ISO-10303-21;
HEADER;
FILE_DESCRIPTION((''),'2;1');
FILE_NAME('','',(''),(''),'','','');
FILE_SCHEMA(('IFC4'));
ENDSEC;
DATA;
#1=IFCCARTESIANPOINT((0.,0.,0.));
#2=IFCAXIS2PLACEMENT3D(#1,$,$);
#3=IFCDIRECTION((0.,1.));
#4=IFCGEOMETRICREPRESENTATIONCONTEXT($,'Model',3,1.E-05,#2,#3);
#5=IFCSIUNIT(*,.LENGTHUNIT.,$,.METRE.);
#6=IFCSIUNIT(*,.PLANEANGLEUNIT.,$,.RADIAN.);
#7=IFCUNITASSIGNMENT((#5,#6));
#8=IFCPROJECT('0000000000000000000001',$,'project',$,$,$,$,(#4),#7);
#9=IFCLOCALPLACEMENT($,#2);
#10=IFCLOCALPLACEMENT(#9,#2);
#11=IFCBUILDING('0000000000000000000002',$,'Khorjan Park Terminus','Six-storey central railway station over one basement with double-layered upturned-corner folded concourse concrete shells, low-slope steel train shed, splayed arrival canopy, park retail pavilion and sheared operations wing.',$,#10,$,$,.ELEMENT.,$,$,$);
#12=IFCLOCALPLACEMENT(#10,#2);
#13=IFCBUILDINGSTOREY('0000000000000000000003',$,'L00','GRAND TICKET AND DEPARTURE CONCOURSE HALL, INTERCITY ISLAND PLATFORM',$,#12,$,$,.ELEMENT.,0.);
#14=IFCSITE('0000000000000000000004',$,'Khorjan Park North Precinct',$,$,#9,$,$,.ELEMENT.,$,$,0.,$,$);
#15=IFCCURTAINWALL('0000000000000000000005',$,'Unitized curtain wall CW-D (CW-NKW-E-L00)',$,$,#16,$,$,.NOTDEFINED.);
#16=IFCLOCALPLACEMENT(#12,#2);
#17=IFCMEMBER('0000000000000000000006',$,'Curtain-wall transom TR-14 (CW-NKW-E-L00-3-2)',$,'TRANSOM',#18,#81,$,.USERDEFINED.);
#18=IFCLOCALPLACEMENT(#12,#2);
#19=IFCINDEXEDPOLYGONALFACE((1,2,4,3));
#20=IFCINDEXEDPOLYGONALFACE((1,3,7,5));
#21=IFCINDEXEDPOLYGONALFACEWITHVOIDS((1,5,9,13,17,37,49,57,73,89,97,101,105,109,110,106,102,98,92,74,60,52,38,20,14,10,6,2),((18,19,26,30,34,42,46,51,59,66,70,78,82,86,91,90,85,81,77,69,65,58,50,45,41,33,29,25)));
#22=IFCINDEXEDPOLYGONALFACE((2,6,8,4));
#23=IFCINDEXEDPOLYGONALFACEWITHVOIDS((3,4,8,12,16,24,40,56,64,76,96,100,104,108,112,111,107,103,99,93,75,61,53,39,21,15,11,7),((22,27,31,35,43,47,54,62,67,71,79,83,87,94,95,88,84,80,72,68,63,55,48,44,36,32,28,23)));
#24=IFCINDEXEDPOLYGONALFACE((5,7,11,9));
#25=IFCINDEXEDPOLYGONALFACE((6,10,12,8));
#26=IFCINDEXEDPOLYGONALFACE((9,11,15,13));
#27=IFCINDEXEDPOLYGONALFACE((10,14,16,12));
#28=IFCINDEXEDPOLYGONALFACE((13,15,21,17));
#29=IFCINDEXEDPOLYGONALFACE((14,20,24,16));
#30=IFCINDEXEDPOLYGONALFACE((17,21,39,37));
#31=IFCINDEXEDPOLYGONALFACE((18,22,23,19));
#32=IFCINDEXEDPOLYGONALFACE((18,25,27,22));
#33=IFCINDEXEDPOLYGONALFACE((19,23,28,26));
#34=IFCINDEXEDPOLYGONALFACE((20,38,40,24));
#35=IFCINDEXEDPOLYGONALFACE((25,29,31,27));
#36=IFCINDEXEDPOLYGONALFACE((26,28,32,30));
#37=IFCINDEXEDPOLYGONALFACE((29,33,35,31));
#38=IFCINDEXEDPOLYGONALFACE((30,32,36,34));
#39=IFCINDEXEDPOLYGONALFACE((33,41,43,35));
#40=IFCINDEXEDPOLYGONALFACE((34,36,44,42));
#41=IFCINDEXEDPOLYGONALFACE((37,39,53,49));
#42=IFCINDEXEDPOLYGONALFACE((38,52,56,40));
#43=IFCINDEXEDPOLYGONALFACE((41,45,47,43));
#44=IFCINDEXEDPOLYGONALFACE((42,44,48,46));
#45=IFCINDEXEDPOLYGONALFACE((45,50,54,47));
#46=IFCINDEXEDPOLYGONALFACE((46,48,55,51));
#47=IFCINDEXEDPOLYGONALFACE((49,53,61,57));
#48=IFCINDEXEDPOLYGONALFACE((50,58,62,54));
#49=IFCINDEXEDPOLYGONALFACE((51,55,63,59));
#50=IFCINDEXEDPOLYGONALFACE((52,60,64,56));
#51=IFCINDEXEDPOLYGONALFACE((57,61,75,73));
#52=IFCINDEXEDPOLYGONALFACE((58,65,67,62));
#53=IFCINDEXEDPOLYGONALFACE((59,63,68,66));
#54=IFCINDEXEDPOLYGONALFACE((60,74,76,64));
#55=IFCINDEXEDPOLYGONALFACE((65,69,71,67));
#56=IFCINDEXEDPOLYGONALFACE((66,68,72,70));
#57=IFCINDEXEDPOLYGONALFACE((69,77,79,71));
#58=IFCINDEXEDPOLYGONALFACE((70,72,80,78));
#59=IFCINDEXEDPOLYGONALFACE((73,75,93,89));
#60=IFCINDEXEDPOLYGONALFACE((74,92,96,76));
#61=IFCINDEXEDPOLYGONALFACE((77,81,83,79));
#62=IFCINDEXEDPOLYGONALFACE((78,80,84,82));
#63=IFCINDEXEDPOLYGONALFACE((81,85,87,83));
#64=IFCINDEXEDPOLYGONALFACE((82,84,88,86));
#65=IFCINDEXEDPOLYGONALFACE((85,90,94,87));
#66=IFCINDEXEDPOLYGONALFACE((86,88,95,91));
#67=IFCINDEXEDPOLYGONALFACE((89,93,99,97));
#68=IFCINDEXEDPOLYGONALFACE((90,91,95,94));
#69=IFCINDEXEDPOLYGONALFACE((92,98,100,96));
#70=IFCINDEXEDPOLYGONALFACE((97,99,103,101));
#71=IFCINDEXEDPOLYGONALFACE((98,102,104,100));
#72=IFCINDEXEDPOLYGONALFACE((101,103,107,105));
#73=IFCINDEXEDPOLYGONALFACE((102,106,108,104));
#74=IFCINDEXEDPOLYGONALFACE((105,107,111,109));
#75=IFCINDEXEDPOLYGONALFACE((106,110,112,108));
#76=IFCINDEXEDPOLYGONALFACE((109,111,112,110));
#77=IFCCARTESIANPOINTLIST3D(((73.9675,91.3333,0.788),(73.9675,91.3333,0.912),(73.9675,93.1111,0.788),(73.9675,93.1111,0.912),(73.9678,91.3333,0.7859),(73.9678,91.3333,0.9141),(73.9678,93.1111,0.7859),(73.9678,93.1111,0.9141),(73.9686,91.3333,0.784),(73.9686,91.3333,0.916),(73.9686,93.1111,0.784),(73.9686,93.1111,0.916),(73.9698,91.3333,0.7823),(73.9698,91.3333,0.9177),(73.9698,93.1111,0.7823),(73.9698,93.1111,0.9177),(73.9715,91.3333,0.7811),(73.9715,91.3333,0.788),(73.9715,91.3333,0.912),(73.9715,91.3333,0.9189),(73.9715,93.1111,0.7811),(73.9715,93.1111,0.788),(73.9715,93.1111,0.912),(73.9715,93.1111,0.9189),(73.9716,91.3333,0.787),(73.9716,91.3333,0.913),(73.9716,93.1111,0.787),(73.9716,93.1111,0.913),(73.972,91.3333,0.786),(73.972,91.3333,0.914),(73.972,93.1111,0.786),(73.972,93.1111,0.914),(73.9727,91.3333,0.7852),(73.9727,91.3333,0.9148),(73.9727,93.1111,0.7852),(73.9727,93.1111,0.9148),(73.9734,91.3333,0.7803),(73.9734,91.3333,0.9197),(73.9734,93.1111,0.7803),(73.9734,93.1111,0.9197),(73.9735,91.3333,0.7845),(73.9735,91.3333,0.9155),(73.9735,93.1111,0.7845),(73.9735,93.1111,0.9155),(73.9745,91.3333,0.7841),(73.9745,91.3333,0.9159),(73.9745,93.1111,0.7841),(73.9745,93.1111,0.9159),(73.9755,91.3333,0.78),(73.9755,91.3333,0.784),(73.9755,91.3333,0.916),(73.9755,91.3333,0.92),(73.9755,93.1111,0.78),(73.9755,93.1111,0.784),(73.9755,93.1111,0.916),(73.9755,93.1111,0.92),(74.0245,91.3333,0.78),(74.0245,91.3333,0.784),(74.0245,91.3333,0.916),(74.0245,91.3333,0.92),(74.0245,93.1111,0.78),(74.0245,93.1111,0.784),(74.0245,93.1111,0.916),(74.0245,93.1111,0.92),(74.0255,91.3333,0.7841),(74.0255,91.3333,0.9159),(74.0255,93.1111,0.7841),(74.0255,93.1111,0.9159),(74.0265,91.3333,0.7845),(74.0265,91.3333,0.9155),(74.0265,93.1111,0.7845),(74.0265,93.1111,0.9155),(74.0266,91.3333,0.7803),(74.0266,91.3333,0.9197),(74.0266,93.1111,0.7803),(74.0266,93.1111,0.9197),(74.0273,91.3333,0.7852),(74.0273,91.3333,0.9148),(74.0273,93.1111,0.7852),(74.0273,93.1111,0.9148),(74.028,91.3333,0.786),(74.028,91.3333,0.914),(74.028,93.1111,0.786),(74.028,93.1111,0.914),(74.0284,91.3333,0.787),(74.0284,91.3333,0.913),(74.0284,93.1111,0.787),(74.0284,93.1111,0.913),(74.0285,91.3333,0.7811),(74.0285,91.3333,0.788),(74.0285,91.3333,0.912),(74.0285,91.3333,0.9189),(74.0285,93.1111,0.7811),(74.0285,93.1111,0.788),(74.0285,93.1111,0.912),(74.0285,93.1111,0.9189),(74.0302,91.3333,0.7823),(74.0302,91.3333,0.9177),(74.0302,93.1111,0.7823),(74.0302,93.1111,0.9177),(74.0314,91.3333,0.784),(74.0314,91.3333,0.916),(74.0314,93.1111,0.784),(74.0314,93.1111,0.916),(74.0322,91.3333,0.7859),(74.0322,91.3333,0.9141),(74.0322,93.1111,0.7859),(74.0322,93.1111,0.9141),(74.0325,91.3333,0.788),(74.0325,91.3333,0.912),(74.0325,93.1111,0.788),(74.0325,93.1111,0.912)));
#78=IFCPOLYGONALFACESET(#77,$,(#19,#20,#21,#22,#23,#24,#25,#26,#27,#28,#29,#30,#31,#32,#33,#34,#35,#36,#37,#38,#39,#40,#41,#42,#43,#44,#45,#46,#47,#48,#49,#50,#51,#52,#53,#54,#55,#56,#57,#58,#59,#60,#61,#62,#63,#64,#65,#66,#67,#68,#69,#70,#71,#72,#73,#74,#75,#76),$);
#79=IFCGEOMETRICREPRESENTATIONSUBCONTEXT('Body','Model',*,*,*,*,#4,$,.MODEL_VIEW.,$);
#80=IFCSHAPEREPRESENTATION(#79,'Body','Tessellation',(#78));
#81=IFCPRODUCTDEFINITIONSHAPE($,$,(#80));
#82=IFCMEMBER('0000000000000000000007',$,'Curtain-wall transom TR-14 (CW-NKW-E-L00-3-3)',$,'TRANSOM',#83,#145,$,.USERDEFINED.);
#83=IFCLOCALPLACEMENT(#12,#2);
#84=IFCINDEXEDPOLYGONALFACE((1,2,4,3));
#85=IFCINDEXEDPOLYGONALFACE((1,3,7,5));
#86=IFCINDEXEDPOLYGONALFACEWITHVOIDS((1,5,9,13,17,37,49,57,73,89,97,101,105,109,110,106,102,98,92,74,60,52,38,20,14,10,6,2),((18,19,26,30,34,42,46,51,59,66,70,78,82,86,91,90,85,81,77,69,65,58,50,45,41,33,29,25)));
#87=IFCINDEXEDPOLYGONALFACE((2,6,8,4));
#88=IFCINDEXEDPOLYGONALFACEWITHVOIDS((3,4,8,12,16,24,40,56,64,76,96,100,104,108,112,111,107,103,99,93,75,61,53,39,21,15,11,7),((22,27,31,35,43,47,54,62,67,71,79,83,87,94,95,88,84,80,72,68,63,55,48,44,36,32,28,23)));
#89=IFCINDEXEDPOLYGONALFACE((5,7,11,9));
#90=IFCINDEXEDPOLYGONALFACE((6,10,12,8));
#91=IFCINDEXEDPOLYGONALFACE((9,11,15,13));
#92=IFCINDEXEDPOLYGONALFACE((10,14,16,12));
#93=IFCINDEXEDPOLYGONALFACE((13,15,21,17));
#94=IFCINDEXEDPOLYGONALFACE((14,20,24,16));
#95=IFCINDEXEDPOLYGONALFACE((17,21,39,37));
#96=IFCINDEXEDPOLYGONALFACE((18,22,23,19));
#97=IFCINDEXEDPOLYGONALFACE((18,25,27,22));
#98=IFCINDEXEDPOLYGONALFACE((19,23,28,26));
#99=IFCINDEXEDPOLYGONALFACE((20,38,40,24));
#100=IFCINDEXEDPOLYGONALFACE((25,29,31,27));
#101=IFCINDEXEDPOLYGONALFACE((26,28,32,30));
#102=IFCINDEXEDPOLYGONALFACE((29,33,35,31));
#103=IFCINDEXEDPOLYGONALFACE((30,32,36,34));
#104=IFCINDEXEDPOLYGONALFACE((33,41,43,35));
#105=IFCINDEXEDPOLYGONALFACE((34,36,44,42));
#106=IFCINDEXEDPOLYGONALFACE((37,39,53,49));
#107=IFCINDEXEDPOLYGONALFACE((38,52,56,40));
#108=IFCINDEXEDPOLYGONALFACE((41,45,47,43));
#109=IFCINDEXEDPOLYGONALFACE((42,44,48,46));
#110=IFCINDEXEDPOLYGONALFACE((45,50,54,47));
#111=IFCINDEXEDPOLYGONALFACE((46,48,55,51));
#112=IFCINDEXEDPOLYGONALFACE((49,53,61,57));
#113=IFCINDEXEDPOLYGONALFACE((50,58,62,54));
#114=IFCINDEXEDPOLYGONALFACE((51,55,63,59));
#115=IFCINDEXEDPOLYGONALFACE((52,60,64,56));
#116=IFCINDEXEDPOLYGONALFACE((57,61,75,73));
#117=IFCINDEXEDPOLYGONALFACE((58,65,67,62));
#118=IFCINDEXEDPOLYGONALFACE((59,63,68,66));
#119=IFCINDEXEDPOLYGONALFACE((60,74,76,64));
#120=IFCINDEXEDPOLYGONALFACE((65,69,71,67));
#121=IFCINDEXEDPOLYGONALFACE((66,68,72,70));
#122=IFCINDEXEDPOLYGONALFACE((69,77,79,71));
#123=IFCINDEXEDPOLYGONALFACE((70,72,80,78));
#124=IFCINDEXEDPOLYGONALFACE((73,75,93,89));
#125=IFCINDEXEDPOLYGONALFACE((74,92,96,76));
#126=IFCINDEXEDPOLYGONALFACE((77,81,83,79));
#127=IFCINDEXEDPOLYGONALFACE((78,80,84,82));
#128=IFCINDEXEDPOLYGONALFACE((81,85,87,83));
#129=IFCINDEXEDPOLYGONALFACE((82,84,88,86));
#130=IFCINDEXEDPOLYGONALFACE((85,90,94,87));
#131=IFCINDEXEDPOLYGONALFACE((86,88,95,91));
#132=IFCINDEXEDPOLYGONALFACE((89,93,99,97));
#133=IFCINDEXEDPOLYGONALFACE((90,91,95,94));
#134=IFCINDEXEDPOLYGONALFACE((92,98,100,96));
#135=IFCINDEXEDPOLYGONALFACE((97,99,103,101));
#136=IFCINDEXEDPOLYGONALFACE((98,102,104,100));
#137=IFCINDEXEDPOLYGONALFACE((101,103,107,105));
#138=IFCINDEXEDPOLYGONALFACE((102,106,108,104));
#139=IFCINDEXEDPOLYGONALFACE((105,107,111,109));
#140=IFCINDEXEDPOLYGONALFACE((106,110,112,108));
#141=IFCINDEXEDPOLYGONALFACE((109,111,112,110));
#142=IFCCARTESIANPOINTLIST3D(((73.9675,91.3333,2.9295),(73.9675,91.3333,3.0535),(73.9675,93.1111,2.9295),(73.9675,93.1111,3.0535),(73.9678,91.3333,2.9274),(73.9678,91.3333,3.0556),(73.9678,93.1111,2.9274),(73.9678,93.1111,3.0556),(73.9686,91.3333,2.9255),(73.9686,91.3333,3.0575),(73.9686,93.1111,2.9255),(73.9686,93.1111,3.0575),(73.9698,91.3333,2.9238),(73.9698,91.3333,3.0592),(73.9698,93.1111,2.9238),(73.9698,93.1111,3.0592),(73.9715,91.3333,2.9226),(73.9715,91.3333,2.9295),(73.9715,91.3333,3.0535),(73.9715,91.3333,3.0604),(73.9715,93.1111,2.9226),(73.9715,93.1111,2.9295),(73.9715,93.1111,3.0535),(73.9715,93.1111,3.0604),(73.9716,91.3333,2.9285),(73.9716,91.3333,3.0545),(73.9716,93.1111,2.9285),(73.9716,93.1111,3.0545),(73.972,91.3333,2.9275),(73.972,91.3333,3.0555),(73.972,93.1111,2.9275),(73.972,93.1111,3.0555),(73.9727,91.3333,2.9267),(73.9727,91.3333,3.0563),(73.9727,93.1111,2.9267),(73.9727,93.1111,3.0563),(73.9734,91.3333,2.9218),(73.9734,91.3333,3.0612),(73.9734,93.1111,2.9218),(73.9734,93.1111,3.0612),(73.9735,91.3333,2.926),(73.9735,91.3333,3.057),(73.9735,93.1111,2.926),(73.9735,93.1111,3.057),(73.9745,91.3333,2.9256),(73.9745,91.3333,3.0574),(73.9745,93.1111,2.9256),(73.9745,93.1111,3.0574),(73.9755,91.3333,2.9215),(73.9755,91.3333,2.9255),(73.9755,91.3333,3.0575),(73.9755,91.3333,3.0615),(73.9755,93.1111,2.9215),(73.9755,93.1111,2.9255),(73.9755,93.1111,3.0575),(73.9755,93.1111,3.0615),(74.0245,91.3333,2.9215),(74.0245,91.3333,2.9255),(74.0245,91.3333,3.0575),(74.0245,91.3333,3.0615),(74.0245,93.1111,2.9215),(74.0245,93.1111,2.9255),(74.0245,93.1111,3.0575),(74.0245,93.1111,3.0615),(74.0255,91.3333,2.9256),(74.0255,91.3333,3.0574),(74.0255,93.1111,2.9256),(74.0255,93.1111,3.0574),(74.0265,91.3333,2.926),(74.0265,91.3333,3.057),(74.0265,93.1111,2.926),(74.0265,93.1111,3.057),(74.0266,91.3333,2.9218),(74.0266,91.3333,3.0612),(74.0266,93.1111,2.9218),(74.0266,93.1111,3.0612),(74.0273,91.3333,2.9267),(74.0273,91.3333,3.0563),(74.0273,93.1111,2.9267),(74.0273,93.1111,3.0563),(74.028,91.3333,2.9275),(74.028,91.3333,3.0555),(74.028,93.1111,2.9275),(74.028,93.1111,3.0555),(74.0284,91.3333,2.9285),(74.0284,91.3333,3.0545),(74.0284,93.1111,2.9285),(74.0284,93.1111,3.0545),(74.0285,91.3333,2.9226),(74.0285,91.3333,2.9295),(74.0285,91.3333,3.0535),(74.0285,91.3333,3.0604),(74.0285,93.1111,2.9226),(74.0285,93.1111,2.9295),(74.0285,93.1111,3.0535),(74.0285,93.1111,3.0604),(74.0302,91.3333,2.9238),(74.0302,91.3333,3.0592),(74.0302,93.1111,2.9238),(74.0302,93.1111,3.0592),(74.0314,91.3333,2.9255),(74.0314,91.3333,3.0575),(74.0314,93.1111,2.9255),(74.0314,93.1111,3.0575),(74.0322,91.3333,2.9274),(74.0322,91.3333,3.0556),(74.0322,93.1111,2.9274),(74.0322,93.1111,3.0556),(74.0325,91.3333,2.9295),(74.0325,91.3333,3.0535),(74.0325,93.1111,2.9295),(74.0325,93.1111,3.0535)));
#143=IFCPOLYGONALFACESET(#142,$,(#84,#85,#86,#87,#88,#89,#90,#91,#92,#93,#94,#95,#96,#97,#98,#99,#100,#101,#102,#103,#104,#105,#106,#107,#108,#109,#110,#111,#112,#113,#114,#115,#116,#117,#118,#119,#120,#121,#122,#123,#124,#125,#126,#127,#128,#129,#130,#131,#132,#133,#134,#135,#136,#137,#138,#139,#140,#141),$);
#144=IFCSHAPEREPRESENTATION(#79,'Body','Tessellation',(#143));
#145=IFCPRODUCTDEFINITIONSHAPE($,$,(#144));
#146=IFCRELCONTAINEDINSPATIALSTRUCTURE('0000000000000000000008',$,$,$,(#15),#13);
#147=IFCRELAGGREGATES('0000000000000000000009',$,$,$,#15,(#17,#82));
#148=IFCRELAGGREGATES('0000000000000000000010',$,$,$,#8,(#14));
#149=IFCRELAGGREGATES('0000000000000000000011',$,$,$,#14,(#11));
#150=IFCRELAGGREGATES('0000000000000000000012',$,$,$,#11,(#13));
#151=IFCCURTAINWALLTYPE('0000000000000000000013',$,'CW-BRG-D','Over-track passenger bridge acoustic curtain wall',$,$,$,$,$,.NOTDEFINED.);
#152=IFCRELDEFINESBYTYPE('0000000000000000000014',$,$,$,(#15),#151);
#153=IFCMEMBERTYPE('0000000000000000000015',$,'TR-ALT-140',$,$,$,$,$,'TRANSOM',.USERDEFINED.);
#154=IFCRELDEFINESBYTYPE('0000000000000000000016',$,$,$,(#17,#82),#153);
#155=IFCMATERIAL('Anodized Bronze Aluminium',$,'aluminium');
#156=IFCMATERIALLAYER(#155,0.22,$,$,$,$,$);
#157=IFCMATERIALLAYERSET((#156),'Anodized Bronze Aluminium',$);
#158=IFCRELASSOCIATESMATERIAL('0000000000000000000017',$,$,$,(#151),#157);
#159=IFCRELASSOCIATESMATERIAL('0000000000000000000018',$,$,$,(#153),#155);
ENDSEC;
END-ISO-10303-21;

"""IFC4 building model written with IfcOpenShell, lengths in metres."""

from ifc_helpers import new_model, si_unit, direction, frame, origin, origin_2d, place, context, subcontext, project, spatial, hollow_rectangle, extrude, material, layer, layer_set, material_profile, profile_set, type_object, element, aggregate, save


model = new_model("IFC4")

# Units and contexts
model_context = context("Model", 3, precision=1e-05, world=origin(), true_north=direction((0.0, 1.0)))
body_context = subcontext(model_context, "Body", "Model", "MODEL_VIEW")
ifc_project = project(units=[si_unit("LENGTHUNIT", "METRE"), si_unit("PLANEANGLEUNIT", "RADIAN")], contexts=[model_context])

# Site, building, storey
site_placement = place(None, origin())
site = spatial("IfcSite", under=ifc_project, at=site_placement, Name="Khorjan Park North Precinct", CompositionType="ELEMENT", RefElevation=0.0)
building_placement = place(site_placement, origin())
building = spatial("IfcBuilding", under=site, at=building_placement, Name="Khorjan Park Terminus", Description="Six-storey central railway station over one basement with double-layered upturned-corner folded concourse concrete shells, low-slope steel train shed, splayed arrival canopy, park retail pavilion and sheared operations wing.", CompositionType="ELEMENT")
storey_placement = place(building_placement, origin())
storey = spatial("IfcBuildingStorey", under=building, at=storey_placement, Name="L00", Description="GRAND TICKET AND DEPARTURE CONCOURSE HALL, INTERCITY ISLAND PLATFORM", CompositionType="ELEMENT", Elevation=0.0)

# Curtain wall, members
ifc_material_1 = material(Name="Anodized Bronze Aluminium", Category="aluminium")
ifc_layer_1 = layer(ifc_material_1, 0.22)
ifc_layer_set_1 = layer_set([ifc_layer_1], Name="Anodized Bronze Aluminium")
curtain_wall_type = type_object("IfcCurtainWallType", Name="CW-BRG-D", Description="Over-track passenger bridge acoustic curtain wall", PredefinedType="NOTDEFINED", material=ifc_layer_set_1)
curtain_wall_placement = place(storey_placement, origin())
curtain_wall = element("IfcCurtainWall", 1, at=curtain_wall_placement, inside=storey, type_object=curtain_wall_type, Name="Unitized curtain wall CW-D (CW-NKW-E-L00)", PredefinedType="NOTDEFINED")
ifc_material_profile_1 = material_profile(ifc_material_1, hollow_rectangle(XDim=0.065, YDim=0.14, WallThickness=0.004, InnerFilletRadius=0.004, OuterFilletRadius=0.008, at=origin_2d()), Name="ALT 65x140x4")
ifc_profile_set_1 = profile_set([ifc_material_profile_1], Name="Anodized Bronze Aluminium")
member_type_1 = type_object("IfcMemberType", Name="TR-ALT-140", ElementType="TRANSOM", PredefinedType="USERDEFINED", material=ifc_profile_set_1)
member_1_placement = place(storey_placement, frame((74.0, 91.3333, 0.85), z_axis=(0.0, 1.0, 0.0), x_axis=(-1.0, 0.0, 0.0)))
member_1 = element("IfcMember", 2, at=member_1_placement, type_object=member_type_1, Name="Curtain-wall transom TR-14 (CW-NKW-E-L00-3-2)", ObjectType="TRANSOM", PredefinedType="USERDEFINED", context=body_context, shape_type="SweptSolid", body=[
    extrude(hollow_rectangle(XDim=0.065, YDim=0.14, WallThickness=0.004, InnerFilletRadius=0.004, OuterFilletRadius=0.008, at=origin_2d()), origin(), (0.0, 0.0, 1.0), 1.7778),
])
member_2_placement = place(storey_placement, frame((74.0, 91.3333, 2.9915), z_axis=(0.0, 1.0, 0.0), x_axis=(-1.0, 0.0, 0.0)))
member_2 = element("IfcMember", 3, at=member_2_placement, type_object=member_type_1, Name="Curtain-wall transom TR-14 (CW-NKW-E-L00-3-3)", ObjectType="TRANSOM", PredefinedType="USERDEFINED", context=body_context, shape_type="SweptSolid", body=[
    extrude(hollow_rectangle(XDim=0.065, YDim=0.14, WallThickness=0.004, InnerFilletRadius=0.004, OuterFilletRadius=0.008, at=origin_2d()), origin(), (0.0, 0.0, 1.0), 1.7778),
])
aggregate(curtain_wall, [member_1, member_2])

save(model, "model.ifc")
